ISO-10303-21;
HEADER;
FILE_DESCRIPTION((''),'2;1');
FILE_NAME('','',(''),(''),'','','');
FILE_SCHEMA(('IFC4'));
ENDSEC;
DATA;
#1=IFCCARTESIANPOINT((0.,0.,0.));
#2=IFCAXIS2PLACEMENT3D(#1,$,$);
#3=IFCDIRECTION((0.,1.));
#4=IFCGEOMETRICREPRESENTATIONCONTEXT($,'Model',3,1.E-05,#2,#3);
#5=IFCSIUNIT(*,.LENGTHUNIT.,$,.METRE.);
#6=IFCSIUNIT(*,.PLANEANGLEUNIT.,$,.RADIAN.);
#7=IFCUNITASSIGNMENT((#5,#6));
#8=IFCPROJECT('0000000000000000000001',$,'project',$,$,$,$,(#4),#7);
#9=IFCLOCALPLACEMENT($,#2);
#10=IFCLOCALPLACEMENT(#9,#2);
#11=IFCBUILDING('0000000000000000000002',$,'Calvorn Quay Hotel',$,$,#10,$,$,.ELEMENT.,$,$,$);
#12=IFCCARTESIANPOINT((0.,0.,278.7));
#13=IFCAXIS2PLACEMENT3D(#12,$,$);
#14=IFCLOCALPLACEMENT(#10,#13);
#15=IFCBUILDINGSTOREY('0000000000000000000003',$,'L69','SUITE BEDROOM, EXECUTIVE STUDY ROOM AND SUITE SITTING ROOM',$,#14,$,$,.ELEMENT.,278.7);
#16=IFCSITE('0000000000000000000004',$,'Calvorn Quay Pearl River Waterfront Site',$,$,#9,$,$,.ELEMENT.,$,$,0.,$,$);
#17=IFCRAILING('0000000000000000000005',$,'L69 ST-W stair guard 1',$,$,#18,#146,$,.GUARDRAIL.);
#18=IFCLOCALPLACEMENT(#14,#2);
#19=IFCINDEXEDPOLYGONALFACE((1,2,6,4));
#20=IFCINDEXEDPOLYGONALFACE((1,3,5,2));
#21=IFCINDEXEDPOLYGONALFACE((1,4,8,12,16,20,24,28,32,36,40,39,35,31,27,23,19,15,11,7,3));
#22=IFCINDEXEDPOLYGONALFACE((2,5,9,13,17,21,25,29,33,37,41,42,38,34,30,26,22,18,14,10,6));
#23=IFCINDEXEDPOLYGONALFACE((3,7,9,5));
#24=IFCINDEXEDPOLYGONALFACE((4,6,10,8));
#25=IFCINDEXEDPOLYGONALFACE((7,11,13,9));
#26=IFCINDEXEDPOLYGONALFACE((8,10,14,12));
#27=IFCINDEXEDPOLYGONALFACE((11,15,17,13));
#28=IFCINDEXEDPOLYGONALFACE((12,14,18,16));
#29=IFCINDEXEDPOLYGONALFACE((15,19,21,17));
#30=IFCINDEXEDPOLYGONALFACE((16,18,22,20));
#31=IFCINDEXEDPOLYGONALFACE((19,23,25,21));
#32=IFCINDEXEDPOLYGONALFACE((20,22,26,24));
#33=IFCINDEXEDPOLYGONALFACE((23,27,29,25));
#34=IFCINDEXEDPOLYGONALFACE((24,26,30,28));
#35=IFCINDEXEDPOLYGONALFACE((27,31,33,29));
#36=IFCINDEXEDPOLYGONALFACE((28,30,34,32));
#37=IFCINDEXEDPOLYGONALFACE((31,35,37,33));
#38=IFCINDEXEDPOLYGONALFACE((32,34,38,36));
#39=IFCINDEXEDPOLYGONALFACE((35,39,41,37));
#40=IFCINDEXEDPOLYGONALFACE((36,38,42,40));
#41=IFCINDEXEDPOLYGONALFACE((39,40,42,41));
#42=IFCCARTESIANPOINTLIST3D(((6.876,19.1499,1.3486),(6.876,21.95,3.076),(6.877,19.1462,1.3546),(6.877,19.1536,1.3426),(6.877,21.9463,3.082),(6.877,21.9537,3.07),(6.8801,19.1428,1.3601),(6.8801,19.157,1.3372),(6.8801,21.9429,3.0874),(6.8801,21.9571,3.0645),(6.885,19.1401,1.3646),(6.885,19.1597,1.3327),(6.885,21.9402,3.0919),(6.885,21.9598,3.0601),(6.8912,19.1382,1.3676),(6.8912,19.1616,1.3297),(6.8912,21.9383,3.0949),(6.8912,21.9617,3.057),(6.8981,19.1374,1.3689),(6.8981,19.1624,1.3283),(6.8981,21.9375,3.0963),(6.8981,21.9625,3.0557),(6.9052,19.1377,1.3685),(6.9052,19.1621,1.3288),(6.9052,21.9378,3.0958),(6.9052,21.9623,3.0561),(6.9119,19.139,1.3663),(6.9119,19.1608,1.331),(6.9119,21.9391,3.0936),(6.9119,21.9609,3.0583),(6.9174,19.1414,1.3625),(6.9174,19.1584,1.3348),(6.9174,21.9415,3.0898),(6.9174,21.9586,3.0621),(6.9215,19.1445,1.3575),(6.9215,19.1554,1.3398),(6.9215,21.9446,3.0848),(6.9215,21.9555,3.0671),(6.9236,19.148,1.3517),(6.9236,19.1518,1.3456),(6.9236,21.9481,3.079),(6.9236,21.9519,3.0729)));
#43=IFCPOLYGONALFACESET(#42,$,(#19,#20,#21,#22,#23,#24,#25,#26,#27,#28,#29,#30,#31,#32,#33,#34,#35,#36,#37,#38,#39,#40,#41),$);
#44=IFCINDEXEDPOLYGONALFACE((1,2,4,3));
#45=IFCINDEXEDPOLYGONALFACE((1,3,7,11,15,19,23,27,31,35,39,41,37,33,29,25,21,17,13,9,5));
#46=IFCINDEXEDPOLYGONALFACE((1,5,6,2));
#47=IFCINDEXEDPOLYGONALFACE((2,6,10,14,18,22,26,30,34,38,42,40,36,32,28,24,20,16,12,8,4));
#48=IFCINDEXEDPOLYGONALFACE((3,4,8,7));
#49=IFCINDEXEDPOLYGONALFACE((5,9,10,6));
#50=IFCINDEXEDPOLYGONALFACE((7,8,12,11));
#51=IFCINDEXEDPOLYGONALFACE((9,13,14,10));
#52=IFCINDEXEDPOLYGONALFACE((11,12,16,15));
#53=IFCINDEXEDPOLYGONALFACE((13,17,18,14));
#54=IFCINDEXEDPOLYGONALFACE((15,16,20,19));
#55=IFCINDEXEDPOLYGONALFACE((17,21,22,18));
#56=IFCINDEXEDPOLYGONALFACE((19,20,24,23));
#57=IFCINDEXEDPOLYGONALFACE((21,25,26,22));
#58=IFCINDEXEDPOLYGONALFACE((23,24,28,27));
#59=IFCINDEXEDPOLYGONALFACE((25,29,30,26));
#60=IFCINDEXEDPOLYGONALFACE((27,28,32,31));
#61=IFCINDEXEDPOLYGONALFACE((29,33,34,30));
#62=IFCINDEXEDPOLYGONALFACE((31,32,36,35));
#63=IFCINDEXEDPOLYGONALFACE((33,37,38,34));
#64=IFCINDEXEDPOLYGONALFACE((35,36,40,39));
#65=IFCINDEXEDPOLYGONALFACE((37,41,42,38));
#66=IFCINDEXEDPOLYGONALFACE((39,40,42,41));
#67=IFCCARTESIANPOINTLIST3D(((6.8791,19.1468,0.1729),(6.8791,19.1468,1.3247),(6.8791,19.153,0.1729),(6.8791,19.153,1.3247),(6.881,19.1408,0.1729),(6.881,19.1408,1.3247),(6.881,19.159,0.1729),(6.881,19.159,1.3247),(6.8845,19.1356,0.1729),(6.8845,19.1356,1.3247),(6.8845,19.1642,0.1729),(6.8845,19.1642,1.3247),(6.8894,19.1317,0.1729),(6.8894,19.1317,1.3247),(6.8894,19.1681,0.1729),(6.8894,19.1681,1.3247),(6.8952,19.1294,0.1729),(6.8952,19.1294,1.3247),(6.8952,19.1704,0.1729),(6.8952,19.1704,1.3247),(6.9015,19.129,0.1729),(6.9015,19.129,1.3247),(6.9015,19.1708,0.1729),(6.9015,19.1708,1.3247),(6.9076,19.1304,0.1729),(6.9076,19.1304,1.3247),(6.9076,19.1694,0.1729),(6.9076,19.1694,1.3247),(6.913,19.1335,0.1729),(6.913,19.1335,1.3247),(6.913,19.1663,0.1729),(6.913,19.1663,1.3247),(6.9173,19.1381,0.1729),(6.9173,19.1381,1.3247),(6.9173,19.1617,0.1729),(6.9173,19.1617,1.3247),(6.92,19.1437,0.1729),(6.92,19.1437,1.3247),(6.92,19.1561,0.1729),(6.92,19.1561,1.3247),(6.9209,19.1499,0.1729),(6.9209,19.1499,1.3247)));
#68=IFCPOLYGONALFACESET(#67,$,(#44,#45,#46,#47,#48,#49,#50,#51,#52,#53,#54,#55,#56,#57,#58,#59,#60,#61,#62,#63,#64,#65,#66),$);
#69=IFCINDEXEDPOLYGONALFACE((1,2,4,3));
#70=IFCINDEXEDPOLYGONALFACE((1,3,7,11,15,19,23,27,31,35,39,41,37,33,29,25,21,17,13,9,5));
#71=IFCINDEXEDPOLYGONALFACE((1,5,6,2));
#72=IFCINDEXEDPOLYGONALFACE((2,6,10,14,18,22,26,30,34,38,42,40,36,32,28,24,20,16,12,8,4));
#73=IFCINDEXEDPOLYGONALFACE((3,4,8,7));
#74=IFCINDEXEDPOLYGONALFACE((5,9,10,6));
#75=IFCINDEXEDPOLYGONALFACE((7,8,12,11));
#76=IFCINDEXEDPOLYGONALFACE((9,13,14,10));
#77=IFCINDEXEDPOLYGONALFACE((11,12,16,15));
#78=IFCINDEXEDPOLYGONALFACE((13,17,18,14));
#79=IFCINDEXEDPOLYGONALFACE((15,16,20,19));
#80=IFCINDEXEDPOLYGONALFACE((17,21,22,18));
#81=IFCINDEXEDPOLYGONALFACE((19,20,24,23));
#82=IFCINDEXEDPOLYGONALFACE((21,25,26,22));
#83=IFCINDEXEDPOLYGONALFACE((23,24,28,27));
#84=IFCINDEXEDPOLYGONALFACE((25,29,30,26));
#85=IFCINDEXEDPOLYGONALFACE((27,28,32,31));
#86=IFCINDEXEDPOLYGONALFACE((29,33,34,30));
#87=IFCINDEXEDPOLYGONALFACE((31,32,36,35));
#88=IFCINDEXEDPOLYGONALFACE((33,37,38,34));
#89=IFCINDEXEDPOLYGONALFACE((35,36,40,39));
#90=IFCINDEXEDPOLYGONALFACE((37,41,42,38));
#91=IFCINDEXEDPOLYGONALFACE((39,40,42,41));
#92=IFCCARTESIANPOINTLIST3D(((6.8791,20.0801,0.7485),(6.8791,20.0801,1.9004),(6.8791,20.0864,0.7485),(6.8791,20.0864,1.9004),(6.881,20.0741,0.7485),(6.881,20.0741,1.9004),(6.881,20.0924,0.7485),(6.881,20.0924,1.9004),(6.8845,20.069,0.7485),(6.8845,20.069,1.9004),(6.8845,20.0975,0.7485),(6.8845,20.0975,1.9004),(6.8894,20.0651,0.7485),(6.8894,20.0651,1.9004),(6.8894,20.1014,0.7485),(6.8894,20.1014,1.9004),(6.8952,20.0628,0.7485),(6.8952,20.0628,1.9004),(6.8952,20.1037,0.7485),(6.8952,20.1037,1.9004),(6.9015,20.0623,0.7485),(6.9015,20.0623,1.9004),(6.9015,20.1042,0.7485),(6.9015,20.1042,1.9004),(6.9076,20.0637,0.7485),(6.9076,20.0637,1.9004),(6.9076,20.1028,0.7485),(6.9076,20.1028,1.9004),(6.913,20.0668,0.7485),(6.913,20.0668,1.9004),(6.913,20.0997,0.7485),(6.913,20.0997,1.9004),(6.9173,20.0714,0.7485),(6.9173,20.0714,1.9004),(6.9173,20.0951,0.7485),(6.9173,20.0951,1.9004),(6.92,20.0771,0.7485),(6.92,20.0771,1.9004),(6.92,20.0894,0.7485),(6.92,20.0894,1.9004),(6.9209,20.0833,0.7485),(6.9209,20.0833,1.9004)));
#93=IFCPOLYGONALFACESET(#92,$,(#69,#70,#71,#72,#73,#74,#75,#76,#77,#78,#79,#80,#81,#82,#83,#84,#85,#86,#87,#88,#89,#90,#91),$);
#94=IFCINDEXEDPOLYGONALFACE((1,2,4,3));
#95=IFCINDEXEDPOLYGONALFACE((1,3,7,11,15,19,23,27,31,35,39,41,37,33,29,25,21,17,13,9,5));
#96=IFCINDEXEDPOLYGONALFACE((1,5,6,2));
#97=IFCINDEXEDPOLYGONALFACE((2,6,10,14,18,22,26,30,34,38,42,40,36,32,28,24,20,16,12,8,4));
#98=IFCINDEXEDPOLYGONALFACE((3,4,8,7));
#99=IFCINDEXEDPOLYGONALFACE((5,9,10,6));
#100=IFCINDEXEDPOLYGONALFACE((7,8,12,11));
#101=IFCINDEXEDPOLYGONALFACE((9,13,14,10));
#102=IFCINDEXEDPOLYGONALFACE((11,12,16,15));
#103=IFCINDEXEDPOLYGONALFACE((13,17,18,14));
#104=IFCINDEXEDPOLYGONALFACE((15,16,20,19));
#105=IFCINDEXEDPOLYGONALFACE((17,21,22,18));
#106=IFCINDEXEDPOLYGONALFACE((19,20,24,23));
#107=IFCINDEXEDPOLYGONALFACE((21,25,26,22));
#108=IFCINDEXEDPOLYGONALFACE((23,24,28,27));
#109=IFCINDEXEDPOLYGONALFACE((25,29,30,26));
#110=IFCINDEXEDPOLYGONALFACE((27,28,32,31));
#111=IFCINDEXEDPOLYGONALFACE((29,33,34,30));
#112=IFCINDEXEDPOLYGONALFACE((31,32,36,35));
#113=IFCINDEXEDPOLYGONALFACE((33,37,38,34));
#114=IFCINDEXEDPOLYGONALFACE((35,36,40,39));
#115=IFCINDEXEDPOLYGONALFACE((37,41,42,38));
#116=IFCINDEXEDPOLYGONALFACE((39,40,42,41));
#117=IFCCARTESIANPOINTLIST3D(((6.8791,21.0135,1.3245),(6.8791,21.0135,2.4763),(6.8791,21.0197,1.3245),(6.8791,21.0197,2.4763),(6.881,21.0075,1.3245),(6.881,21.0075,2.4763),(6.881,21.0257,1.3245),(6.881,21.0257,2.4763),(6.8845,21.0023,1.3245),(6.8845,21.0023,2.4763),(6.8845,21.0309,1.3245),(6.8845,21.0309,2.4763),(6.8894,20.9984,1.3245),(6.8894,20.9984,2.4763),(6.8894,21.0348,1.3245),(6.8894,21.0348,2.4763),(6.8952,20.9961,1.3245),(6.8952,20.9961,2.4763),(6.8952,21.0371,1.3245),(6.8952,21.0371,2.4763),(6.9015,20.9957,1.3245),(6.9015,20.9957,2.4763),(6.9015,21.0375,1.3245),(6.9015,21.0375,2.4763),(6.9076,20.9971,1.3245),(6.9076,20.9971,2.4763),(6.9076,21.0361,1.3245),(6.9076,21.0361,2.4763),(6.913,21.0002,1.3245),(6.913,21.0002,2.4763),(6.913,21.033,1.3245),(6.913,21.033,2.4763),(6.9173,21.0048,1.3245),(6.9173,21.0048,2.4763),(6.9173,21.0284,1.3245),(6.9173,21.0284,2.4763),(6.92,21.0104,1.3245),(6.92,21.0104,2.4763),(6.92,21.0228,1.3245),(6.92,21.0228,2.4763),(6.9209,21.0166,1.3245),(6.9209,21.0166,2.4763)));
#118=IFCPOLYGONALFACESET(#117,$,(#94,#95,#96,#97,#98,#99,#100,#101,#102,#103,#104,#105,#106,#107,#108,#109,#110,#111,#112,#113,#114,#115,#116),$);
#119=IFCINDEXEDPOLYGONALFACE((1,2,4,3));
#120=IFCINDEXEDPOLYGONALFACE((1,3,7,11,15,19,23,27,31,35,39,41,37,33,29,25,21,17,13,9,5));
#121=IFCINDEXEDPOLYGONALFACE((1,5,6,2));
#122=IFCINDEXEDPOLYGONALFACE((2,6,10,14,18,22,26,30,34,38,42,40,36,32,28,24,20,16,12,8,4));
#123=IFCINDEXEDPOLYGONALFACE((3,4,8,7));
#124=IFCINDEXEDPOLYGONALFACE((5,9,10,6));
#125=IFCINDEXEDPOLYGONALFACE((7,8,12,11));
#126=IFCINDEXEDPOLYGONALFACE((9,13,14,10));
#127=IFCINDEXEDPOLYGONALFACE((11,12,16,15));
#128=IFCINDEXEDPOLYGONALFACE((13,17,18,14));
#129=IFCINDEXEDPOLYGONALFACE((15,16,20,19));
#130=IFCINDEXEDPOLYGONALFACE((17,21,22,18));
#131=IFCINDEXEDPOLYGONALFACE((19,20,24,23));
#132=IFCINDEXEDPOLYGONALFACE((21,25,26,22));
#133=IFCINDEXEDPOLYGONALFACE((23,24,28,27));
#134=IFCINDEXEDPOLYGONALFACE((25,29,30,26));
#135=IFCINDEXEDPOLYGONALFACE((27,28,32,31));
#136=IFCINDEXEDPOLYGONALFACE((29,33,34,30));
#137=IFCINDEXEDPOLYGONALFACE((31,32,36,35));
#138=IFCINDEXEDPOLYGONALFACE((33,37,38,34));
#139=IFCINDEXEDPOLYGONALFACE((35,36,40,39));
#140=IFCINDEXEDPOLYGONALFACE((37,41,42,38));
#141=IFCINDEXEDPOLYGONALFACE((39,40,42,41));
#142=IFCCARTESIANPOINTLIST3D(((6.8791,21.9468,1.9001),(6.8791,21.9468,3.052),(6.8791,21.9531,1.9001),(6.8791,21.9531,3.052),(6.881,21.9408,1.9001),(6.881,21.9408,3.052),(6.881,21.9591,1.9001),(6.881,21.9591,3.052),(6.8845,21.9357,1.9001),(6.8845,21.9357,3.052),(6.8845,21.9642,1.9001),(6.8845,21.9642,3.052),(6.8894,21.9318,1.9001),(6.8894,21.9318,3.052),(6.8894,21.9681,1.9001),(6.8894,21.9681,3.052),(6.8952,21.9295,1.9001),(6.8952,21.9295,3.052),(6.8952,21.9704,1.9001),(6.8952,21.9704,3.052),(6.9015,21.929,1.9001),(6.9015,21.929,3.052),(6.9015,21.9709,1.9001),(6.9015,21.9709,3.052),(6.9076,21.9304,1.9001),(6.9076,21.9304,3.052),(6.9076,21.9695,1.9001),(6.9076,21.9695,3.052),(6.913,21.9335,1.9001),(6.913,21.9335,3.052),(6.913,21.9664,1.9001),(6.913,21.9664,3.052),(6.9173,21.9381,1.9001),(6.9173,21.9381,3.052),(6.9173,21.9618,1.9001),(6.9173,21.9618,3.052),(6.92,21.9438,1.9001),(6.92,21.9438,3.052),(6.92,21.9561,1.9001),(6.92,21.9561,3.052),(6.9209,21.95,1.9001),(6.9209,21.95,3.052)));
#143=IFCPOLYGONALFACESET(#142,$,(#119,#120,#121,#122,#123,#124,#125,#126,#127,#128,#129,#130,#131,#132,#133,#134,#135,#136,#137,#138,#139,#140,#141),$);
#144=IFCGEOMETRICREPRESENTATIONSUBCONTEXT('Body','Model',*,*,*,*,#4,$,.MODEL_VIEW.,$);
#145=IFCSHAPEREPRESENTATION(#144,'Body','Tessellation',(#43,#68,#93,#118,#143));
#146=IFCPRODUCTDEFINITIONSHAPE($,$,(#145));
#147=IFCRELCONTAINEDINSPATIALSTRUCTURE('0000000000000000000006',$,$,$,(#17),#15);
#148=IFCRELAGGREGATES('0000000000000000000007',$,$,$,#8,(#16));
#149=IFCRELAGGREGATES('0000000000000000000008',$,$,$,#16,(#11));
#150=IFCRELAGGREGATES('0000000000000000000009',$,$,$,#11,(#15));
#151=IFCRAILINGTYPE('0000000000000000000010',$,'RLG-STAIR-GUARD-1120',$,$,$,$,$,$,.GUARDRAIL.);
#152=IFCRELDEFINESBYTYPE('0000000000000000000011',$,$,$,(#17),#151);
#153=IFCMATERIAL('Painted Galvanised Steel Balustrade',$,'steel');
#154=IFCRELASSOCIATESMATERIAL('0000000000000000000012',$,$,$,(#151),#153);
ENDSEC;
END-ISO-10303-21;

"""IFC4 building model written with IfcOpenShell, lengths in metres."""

from ifc_helpers import new_model, si_unit, direction, frame, origin, origin_2d, place, context, subcontext, project, spatial, circle, extrude, material, type_object, element, save


model = new_model("IFC4")

# Units and contexts
model_context = context("Model", 3, precision=1e-05, world=origin(), true_north=direction((0.0, 1.0)))
body_context = subcontext(model_context, "Body", "Model", "MODEL_VIEW")
ifc_project = project(units=[si_unit("LENGTHUNIT", "METRE"), si_unit("PLANEANGLEUNIT", "RADIAN")], contexts=[model_context])

# Site, building, storey
site_placement = place(None, origin())
site = spatial("IfcSite", under=ifc_project, at=site_placement, Name="Calvorn Quay Pearl River Waterfront Site", CompositionType="ELEMENT", RefElevation=0.0)
building_placement = place(site_placement, origin())
building = spatial("IfcBuilding", under=site, at=building_placement, Name="Calvorn Quay Hotel", CompositionType="ELEMENT")
storey_placement = place(building_placement, frame((0.0, 0.0, 278.7)))
storey = spatial("IfcBuildingStorey", under=building, at=storey_placement, Name="L69", Description="SUITE BEDROOM, EXECUTIVE STUDY ROOM AND SUITE SITTING ROOM", CompositionType="ELEMENT", Elevation=278.7)

# Railing
ifc_material_1 = material(Name="Painted Galvanised Steel Balustrade", Category="steel")
railing_type_1 = type_object("IfcRailingType", Name="RLG-STAIR-GUARD-1120", PredefinedType="GUARDRAIL", material=ifc_material_1)
railing_1_placement = place(storey_placement, frame((6.8999, 19.1499, 0.1729)))
element("IfcRailing", 1, at=railing_1_placement, inside=storey, type_object=railing_type_1, Name="L69 ST-W stair guard 1", PredefinedType="GUARDRAIL", context=body_context, shape_type="SweptSolid", body=[
    extrude(circle(Radius=0.0239, at=origin_2d()), frame((0.0, 0.0, 1.1758), z_axis=(0.0, 0.85109, 0.52502), x_axis=(-1.0, 0.0, 0.0)), (0.0, 0.0, 1.0), 3.29),
    extrude(circle(Radius=0.021, at=origin_2d()), origin(), (0.0, 0.0, 1.0), 1.1519),
    extrude(circle(Radius=0.021, at=origin_2d()), frame((0.0, 0.9333, 0.5757)), (0.0, 0.0, 1.0), 1.1519),
    extrude(circle(Radius=0.021, at=origin_2d()), frame((0.0, 1.8667, 1.1516)), (0.0, 0.0, 1.0), 1.1519),
    extrude(circle(Radius=0.021, at=origin_2d()), frame((0.0, 2.8, 1.7273)), (0.0, 0.0, 1.0), 1.1519),
])

save(model, "model.ifc")
